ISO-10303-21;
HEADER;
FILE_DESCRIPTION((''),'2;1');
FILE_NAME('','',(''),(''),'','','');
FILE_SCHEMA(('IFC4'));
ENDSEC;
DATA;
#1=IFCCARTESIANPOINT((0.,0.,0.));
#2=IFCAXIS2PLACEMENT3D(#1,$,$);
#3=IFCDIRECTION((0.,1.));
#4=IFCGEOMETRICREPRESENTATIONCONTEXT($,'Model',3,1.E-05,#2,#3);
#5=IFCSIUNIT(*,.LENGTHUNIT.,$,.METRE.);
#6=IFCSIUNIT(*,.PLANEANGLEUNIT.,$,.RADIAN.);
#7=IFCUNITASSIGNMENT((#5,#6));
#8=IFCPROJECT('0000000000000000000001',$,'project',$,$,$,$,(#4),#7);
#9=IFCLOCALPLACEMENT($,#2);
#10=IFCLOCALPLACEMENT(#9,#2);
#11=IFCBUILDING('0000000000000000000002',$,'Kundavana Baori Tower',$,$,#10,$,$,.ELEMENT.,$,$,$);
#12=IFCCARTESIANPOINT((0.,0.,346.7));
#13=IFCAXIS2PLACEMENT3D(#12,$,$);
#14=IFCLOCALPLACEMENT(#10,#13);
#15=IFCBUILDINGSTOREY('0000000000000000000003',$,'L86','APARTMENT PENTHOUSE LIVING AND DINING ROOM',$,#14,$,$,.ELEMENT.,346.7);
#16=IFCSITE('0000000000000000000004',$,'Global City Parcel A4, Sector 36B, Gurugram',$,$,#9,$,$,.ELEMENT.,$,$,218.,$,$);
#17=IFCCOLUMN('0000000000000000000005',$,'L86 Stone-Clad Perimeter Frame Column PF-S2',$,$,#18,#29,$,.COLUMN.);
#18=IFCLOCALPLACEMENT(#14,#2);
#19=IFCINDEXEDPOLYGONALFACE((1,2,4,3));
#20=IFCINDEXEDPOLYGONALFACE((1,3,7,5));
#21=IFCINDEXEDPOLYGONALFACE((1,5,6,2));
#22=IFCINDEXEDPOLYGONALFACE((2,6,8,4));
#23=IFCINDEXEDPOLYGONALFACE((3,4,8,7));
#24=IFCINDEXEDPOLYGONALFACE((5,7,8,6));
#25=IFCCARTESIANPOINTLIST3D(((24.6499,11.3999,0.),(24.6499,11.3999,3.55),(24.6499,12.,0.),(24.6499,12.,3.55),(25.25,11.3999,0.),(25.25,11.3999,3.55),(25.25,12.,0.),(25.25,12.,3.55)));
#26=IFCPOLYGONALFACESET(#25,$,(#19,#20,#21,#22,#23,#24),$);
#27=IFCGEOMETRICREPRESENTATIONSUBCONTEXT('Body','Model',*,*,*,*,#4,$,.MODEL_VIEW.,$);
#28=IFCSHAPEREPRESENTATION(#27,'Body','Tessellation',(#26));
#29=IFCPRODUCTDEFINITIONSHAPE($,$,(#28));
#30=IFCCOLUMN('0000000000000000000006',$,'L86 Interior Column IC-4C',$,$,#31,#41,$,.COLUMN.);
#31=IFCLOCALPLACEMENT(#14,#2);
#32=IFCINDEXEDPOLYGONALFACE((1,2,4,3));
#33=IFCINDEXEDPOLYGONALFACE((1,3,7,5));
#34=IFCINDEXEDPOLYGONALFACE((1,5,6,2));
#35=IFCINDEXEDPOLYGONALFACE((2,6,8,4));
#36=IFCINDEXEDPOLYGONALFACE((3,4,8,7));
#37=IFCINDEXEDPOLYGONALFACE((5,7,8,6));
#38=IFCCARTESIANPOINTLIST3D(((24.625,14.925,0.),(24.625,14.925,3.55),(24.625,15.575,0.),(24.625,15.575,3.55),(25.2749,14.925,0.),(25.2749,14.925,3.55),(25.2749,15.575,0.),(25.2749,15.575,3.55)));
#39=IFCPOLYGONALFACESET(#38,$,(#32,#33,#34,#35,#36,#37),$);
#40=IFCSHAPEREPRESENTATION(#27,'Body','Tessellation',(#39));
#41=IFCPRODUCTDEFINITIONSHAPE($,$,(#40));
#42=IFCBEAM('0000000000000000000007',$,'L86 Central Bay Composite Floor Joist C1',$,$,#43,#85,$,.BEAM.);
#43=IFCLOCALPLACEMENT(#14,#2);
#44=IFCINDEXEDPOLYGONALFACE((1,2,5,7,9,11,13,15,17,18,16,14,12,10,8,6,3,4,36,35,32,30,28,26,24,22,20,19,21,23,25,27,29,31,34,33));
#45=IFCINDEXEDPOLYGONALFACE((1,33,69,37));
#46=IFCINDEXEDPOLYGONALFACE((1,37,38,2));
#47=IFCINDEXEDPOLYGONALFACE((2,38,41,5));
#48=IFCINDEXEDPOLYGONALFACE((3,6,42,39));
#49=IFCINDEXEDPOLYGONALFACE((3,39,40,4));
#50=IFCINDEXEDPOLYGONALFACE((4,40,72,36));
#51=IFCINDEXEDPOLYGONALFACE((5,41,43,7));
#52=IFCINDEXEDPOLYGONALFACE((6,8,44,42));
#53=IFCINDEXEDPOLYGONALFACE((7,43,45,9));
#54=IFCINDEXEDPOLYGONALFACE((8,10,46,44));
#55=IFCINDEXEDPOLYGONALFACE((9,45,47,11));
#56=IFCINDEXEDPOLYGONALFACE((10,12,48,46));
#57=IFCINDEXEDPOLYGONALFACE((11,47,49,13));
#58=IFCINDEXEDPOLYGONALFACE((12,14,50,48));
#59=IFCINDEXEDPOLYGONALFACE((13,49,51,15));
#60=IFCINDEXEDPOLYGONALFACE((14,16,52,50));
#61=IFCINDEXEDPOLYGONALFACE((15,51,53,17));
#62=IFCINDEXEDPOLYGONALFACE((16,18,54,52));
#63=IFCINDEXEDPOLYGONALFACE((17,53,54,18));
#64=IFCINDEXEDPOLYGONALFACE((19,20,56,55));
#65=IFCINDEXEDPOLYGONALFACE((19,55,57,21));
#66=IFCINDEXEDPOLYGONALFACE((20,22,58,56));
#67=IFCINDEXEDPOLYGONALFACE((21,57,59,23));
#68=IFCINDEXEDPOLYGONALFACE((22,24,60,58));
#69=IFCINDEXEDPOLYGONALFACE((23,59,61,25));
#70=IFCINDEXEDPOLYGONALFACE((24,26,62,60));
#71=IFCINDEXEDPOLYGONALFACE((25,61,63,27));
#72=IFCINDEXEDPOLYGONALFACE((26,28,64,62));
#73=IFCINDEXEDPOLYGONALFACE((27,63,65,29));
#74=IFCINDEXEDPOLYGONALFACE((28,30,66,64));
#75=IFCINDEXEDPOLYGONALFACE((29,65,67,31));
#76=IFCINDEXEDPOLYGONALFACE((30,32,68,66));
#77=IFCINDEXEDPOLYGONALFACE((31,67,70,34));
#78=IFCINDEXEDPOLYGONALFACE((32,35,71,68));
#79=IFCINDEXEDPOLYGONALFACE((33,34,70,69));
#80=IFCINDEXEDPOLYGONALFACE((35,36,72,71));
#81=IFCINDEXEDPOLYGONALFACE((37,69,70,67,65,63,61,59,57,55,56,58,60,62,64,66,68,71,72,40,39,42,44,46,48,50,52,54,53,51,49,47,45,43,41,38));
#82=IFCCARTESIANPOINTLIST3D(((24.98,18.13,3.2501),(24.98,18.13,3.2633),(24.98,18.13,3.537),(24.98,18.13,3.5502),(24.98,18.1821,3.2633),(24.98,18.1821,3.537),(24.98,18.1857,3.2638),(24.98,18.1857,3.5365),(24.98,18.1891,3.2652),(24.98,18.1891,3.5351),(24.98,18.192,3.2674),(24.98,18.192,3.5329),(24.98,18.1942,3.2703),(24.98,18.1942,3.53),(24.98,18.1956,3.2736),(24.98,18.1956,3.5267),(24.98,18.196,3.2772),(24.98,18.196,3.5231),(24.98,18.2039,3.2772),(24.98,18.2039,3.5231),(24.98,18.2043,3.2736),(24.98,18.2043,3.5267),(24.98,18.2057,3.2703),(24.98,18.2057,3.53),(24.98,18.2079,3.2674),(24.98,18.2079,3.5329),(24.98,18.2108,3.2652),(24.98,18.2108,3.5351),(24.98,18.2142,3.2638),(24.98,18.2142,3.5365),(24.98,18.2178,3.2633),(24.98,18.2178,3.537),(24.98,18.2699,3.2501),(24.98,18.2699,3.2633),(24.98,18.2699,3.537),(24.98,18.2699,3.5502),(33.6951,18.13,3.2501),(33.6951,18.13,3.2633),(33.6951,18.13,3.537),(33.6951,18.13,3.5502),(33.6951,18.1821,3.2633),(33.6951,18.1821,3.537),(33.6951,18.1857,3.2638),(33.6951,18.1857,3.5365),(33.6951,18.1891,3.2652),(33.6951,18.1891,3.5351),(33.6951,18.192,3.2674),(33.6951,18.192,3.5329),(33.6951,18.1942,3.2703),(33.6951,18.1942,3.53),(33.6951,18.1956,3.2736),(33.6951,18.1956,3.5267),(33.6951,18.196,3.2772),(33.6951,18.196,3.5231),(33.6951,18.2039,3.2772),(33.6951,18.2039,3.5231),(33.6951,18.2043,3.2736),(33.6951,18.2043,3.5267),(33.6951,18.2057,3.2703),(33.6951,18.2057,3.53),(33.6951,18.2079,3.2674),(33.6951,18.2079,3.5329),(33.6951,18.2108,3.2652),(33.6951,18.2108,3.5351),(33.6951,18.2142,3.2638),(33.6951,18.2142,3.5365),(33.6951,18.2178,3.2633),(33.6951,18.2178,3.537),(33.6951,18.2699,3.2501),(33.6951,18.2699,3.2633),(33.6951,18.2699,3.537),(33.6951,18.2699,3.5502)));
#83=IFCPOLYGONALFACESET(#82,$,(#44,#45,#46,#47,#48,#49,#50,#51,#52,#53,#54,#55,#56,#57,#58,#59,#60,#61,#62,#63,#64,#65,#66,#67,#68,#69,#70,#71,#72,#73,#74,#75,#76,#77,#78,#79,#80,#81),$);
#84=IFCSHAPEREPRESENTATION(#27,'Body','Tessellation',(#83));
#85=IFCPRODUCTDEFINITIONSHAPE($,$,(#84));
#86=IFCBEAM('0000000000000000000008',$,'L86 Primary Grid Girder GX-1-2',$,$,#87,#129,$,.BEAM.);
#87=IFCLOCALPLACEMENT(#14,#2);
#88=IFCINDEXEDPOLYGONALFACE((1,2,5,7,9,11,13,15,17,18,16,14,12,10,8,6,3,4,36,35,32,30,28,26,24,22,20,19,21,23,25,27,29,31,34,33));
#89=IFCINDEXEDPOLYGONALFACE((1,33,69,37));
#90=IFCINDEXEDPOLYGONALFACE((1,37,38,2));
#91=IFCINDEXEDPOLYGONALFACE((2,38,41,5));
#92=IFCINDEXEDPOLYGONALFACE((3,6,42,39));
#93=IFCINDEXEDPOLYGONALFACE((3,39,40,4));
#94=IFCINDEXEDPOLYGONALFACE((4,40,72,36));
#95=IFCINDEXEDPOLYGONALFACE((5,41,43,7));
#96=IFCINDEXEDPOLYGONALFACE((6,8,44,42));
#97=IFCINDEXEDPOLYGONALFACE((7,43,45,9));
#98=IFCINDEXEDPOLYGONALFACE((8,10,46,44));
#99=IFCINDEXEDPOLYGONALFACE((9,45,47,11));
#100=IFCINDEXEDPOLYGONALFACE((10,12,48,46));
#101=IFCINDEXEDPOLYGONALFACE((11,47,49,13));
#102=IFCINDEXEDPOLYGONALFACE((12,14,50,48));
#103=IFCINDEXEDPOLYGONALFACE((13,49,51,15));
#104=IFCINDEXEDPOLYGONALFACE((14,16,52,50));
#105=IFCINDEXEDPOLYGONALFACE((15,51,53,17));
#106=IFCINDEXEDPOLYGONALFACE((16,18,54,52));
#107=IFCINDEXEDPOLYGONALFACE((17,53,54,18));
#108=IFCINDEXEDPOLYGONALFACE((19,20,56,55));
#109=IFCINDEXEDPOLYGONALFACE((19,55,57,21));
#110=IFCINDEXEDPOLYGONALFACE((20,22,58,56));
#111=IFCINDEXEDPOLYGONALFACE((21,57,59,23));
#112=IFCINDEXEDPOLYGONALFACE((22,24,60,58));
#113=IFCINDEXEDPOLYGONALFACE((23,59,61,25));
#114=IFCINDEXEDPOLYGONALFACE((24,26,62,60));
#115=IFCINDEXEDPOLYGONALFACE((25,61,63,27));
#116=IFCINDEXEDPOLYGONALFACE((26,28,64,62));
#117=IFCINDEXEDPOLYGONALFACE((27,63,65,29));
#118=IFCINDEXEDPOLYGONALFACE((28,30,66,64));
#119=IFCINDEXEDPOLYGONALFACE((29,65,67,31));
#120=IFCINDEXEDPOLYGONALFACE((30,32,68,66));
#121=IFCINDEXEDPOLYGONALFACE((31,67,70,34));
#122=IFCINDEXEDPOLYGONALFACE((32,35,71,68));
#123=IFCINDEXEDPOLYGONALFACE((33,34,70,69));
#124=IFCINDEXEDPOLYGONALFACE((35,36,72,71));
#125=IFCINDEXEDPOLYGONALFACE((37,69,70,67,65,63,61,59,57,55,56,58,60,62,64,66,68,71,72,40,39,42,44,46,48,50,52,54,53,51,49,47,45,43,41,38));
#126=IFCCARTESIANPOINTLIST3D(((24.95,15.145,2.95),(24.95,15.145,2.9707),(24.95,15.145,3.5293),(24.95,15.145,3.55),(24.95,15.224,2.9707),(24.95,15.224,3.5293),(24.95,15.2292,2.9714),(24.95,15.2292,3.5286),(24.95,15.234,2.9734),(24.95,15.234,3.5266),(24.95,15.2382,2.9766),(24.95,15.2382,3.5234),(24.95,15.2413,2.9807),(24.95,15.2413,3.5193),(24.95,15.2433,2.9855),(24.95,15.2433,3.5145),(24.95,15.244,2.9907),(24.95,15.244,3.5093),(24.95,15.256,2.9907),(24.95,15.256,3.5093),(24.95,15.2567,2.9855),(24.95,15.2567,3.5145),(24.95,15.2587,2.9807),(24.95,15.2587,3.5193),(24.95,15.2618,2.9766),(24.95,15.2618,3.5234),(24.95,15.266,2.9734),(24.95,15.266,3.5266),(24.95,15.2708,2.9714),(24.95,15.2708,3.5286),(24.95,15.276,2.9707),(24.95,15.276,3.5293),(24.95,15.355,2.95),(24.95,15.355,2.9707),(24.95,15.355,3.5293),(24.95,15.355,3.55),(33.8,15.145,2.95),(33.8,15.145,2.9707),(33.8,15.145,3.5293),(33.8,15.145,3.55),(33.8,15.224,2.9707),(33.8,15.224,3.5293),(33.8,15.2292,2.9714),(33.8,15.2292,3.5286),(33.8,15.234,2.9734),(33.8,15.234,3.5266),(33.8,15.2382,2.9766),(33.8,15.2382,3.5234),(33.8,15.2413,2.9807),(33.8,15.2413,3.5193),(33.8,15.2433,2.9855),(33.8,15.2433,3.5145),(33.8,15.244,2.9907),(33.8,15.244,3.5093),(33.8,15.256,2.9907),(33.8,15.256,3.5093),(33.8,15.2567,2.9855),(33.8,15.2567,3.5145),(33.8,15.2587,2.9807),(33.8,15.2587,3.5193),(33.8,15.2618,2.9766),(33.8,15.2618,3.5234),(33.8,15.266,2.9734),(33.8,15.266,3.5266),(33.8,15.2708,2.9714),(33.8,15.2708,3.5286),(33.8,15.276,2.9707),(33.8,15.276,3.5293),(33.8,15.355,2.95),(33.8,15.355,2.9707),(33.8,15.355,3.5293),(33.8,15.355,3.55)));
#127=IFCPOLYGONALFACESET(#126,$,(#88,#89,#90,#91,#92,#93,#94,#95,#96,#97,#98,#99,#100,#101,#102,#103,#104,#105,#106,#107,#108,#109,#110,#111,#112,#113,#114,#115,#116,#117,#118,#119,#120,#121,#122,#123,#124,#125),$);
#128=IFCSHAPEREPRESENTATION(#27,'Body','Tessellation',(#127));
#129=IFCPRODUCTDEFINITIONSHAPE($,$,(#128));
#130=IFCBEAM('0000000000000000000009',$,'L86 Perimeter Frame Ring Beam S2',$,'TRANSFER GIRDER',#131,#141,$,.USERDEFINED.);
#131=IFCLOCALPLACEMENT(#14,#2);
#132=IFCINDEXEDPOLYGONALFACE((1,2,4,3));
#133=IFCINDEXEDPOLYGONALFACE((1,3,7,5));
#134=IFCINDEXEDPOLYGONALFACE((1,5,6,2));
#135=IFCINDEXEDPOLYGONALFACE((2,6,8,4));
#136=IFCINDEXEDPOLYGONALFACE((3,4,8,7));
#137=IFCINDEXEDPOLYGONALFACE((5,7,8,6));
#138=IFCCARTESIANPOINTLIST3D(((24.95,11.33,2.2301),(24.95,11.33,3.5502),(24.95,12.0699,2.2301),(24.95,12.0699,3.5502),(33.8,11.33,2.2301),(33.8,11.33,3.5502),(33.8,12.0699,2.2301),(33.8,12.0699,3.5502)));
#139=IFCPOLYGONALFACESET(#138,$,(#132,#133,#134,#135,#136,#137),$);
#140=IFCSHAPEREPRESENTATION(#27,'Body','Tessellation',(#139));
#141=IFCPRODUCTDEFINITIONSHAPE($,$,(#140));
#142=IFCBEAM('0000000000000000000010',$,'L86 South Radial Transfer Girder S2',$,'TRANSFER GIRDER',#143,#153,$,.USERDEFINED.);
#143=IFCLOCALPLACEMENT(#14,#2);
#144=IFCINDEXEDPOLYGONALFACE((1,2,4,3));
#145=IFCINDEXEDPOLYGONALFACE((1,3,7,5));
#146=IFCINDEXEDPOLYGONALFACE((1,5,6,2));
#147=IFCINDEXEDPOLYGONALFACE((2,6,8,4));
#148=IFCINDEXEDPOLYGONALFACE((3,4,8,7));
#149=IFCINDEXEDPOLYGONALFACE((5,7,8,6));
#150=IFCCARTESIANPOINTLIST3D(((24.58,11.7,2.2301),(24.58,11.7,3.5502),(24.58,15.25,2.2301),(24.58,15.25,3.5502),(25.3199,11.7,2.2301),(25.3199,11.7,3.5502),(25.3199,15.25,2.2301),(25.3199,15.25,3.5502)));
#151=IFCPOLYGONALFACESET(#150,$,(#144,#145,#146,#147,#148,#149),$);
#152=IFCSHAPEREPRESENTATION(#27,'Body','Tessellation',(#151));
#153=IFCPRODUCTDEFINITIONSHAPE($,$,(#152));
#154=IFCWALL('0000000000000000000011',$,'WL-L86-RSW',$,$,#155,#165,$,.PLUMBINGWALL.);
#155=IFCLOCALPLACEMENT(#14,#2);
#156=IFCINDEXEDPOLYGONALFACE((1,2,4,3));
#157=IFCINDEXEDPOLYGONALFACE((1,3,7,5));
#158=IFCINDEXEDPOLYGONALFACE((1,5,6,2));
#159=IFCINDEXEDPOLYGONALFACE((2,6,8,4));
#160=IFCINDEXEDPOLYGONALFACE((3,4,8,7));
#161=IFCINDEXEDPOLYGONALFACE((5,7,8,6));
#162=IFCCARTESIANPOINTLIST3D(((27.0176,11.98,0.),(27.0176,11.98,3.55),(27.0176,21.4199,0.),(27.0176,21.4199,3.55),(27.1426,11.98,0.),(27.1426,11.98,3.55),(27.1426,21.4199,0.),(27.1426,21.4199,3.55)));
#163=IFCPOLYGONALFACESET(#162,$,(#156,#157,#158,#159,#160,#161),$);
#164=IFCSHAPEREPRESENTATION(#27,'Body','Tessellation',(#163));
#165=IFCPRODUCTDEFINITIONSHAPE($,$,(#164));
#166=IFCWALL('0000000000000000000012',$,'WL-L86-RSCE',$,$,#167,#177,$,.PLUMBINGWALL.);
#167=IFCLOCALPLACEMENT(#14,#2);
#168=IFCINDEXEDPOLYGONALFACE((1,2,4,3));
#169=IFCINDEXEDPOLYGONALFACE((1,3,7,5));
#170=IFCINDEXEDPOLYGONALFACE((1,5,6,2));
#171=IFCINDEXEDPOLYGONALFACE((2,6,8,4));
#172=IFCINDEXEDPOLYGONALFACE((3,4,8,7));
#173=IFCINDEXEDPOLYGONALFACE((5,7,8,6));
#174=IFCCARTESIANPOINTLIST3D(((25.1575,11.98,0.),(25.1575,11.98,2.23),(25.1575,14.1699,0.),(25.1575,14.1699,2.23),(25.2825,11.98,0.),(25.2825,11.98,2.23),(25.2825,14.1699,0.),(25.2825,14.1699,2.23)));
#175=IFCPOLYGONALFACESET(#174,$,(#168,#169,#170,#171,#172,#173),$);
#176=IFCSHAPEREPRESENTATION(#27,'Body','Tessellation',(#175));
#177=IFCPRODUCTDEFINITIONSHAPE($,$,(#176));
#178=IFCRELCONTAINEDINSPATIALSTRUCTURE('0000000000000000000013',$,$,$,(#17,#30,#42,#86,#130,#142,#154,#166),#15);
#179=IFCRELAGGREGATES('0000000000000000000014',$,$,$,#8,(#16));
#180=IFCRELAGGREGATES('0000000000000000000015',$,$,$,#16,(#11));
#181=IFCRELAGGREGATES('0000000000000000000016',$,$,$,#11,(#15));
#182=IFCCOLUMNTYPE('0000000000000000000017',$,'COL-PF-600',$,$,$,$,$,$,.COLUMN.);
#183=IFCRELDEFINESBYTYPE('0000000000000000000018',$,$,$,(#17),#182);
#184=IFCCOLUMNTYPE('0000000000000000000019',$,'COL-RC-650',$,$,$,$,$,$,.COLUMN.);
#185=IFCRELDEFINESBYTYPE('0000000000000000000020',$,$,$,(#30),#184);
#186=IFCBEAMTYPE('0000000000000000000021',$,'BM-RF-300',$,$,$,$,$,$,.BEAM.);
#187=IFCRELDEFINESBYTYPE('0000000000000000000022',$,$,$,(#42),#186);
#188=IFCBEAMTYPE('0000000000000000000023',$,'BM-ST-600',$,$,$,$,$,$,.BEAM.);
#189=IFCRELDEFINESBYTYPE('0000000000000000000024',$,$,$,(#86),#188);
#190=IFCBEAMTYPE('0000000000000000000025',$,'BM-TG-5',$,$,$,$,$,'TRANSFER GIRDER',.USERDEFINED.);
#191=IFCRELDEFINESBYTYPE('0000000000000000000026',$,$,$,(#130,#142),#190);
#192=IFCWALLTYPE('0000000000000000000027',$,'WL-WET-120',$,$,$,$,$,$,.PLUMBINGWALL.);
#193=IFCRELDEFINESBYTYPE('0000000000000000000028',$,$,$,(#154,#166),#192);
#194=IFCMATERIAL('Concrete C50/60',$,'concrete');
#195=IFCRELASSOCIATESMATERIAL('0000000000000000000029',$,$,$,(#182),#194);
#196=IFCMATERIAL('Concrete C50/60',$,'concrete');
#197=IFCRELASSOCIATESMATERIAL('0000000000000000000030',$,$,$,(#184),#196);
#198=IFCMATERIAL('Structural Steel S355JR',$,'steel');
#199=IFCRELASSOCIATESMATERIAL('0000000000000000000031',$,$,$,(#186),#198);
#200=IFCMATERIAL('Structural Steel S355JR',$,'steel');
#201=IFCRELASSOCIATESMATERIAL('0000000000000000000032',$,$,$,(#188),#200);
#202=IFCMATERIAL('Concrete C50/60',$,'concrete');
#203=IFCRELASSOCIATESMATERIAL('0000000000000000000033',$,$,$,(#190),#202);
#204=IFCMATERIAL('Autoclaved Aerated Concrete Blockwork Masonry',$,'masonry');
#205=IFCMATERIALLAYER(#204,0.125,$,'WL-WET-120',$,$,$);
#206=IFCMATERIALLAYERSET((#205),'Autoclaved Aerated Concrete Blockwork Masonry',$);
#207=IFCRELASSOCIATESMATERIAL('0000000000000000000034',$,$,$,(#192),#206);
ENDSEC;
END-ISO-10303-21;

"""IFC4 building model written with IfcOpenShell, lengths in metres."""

from ifc_helpers import new_model, si_unit, direction, frame, frame_2d, origin, origin_2d, place, context, subcontext, project, spatial, rectangle, i_section, extrude, material, layer, layer_set, material_profile, profile_set, type_object, element, save


model = new_model("IFC4")

# Units and contexts
model_context = context("Model", 3, precision=1e-05, world=origin(), true_north=direction((0.0, 1.0)))
body_context = subcontext(model_context, "Body", "Model", "MODEL_VIEW")
ifc_project = project(units=[si_unit("LENGTHUNIT", "METRE"), si_unit("PLANEANGLEUNIT", "RADIAN")], contexts=[model_context])

# Site, building, storey
site_placement = place(None, origin())
site = spatial("IfcSite", under=ifc_project, at=site_placement, Name="Global City Parcel A4, Sector 36B, Gurugram", CompositionType="ELEMENT", RefElevation=218.0)
building_placement = place(site_placement, origin())
building = spatial("IfcBuilding", under=site, at=building_placement, Name="Kundavana Baori Tower", CompositionType="ELEMENT")
storey_placement = place(building_placement, frame((0.0, 0.0, 346.7)))
storey = spatial("IfcBuildingStorey", under=building, at=storey_placement, Name="L86", Description="APARTMENT PENTHOUSE LIVING AND DINING ROOM", CompositionType="ELEMENT", Elevation=346.7)

# Columns
ifc_material_1 = material(Name="Concrete C50/60", Category="concrete")
ifc_material_profile_1 = material_profile(ifc_material_1, rectangle(XDim=0.6001, YDim=0.6001, at=origin_2d()), Name="RC PF 600x600")
ifc_profile_set_1 = profile_set([ifc_material_profile_1], Name="Concrete C50/60")
column_type_1 = type_object("IfcColumnType", Name="COL-PF-600", PredefinedType="COLUMN", material=ifc_profile_set_1)
column_1_placement = place(storey_placement, frame((24.95, 11.7, 0.0), z_axis=(0.0, 0.0, 1.0), x_axis=(1.0, 0.0, 0.0)))
element("IfcColumn", 1, at=column_1_placement, inside=storey, type_object=column_type_1, Name="L86 Stone-Clad Perimeter Frame Column PF-S2", PredefinedType="COLUMN", context=body_context, shape_type="SweptSolid", body=[
    extrude(rectangle(XDim=0.6001, YDim=0.6001, at=origin_2d()), origin(), (0.0, 0.0, 1.0), 3.55),
])
ifc_material_2 = material(Name="Concrete C50/60", Category="concrete")
ifc_material_profile_2 = material_profile(ifc_material_2, rectangle(XDim=0.6499, YDim=0.6499, at=origin_2d()), Name="RC 650x650")
ifc_profile_set_2 = profile_set([ifc_material_profile_2], Name="Concrete C50/60")
column_type_2 = type_object("IfcColumnType", Name="COL-RC-650", PredefinedType="COLUMN", material=ifc_profile_set_2)
column_2_placement = place(storey_placement, frame((24.95, 15.25, 0.0), z_axis=(0.0, 0.0, 1.0), x_axis=(1.0, 0.0, 0.0)))
element("IfcColumn", 2, at=column_2_placement, inside=storey, type_object=column_type_2, Name="L86 Interior Column IC-4C", PredefinedType="COLUMN", context=body_context, shape_type="SweptSolid", body=[
    extrude(rectangle(XDim=0.6499, YDim=0.6499, at=origin_2d()), origin(), (0.0, 0.0, 1.0), 3.55),
])

# Beams
ifc_material_3 = material(Name="Structural Steel S355JR", Category="steel")
ifc_material_profile_3 = material_profile(ifc_material_3, i_section(OverallWidth=0.1399, OverallDepth=0.3, WebThickness=0.0078, FlangeThickness=0.0132, FilletRadius=0.0139, at=origin_2d()), Name="ISMB 300")
ifc_profile_set_3 = profile_set([ifc_material_profile_3], Name="Structural Steel S355JR")
beam_type_1 = type_object("IfcBeamType", Name="BM-RF-300", PredefinedType="BEAM", material=ifc_profile_set_3)
beam_1_placement = place(storey_placement, frame((24.98, 18.2, 3.4001), z_axis=(1.0, 0.0, 0.0), x_axis=(0.0, 1.0, 0.0)))
element("IfcBeam", 3, at=beam_1_placement, inside=storey, type_object=beam_type_1, Name="L86 Central Bay Composite Floor Joist C1", PredefinedType="BEAM", context=body_context, shape_type="SweptSolid", body=[
    extrude(i_section(OverallWidth=0.1399, OverallDepth=0.3, WebThickness=0.0078, FlangeThickness=0.0132, FilletRadius=0.0139, at=origin_2d()), origin(), (0.0, 0.0, 1.0), 8.7151),
])
ifc_material_4 = material(Name="Structural Steel S355JR", Category="steel")
ifc_material_profile_4 = material_profile(ifc_material_4, i_section(OverallWidth=0.21, OverallDepth=0.6001, WebThickness=0.012, FlangeThickness=0.0208, FilletRadius=0.02, at=origin_2d()), Name="ISMB 600")
ifc_profile_set_4 = profile_set([ifc_material_profile_4], Name="Structural Steel S355JR")
beam_type_2 = type_object("IfcBeamType", Name="BM-ST-600", PredefinedType="BEAM", material=ifc_profile_set_4)
beam_2_placement = place(storey_placement, frame((24.95, 15.25, 3.25), z_axis=(1.0, 0.0, 0.0), x_axis=(0.0, 1.0, 0.0)))
element("IfcBeam", 4, at=beam_2_placement, inside=storey, type_object=beam_type_2, Name="L86 Primary Grid Girder GX-1-2", PredefinedType="BEAM", context=body_context, shape_type="SweptSolid", body=[
    extrude(i_section(OverallWidth=0.21, OverallDepth=0.6001, WebThickness=0.012, FlangeThickness=0.0208, FilletRadius=0.02, at=origin_2d()), origin(), (0.0, 0.0, 1.0), 8.8501),
])
ifc_material_5 = material(Name="Concrete C50/60", Category="concrete")
ifc_material_profile_5 = material_profile(ifc_material_5, rectangle(XDim=0.74, YDim=1.3201, at=origin_2d()), Name="BM-TG-5")
ifc_profile_set_5 = profile_set([ifc_material_profile_5], Name="Concrete C50/60")
beam_type_3 = type_object("IfcBeamType", Name="BM-TG-5", ElementType="TRANSFER GIRDER", PredefinedType="USERDEFINED", material=ifc_profile_set_5)
beam_3_placement = place(storey_placement, frame((24.95, 11.7, 2.8901), z_axis=(1.0, 0.0, 0.0), x_axis=(0.0, 1.0, 0.0)))
element("IfcBeam", 5, at=beam_3_placement, inside=storey, type_object=beam_type_3, Name="L86 Perimeter Frame Ring Beam S2", ObjectType="TRANSFER GIRDER", PredefinedType="USERDEFINED", context=body_context, shape_type="SweptSolid", body=[
    extrude(rectangle(XDim=0.74, YDim=1.3201, at=origin_2d()), origin(), (0.0, 0.0, 1.0), 8.8501),
])
beam_4_placement = place(storey_placement, frame((24.95, 15.25, 2.8901), z_axis=(0.0, -1.0, 0.0), x_axis=(1.0, 0.0, 0.0)))
element("IfcBeam", 6, at=beam_4_placement, inside=storey, type_object=beam_type_3, Name="L86 South Radial Transfer Girder S2", ObjectType="TRANSFER GIRDER", PredefinedType="USERDEFINED", context=body_context, shape_type="SweptSolid", body=[
    extrude(rectangle(XDim=0.74, YDim=1.3201, at=origin_2d()), origin(), (0.0, 0.0, 1.0), 3.55),
])

# Walls
ifc_material_6 = material(Name="Autoclaved Aerated Concrete Blockwork Masonry", Category="masonry")
ifc_layer_1 = layer(ifc_material_6, 0.125, Name="WL-WET-120")
ifc_layer_set_1 = layer_set([ifc_layer_1], Name="Autoclaved Aerated Concrete Blockwork Masonry")
wall_type_1 = type_object("IfcWallType", Name="WL-WET-120", PredefinedType="PLUMBINGWALL", material=ifc_layer_set_1)
wall_1_placement = place(storey_placement, frame((27.0801, 11.98, 0.0), z_axis=(0.0, 0.0, 1.0), x_axis=(0.0, 1.0, 0.0)))
element("IfcWall", 7, at=wall_1_placement, inside=storey, type_object=wall_type_1, Name="WL-L86-RSW", PredefinedType="PLUMBINGWALL", context=body_context, shape_type="SweptSolid", body=[
    extrude(rectangle(XDim=9.4399, YDim=0.125, at=frame_2d((4.72, 0.0))), origin(), (0.0, 0.0, 1.0), 3.55),
])
wall_2_placement = place(storey_placement, frame((25.22, 11.98, 0.0), z_axis=(0.0, 0.0, 1.0), x_axis=(0.0, 1.0, 0.0)))
element("IfcWall", 8, at=wall_2_placement, inside=storey, type_object=wall_type_1, Name="WL-L86-RSCE", PredefinedType="PLUMBINGWALL", context=body_context, shape_type="SweptSolid", body=[
    extrude(rectangle(XDim=2.1899, YDim=0.125, at=frame_2d((1.095, 0.0))), origin(), (0.0, 0.0, 1.0), 2.23),
])

save(model, "model.ifc")
